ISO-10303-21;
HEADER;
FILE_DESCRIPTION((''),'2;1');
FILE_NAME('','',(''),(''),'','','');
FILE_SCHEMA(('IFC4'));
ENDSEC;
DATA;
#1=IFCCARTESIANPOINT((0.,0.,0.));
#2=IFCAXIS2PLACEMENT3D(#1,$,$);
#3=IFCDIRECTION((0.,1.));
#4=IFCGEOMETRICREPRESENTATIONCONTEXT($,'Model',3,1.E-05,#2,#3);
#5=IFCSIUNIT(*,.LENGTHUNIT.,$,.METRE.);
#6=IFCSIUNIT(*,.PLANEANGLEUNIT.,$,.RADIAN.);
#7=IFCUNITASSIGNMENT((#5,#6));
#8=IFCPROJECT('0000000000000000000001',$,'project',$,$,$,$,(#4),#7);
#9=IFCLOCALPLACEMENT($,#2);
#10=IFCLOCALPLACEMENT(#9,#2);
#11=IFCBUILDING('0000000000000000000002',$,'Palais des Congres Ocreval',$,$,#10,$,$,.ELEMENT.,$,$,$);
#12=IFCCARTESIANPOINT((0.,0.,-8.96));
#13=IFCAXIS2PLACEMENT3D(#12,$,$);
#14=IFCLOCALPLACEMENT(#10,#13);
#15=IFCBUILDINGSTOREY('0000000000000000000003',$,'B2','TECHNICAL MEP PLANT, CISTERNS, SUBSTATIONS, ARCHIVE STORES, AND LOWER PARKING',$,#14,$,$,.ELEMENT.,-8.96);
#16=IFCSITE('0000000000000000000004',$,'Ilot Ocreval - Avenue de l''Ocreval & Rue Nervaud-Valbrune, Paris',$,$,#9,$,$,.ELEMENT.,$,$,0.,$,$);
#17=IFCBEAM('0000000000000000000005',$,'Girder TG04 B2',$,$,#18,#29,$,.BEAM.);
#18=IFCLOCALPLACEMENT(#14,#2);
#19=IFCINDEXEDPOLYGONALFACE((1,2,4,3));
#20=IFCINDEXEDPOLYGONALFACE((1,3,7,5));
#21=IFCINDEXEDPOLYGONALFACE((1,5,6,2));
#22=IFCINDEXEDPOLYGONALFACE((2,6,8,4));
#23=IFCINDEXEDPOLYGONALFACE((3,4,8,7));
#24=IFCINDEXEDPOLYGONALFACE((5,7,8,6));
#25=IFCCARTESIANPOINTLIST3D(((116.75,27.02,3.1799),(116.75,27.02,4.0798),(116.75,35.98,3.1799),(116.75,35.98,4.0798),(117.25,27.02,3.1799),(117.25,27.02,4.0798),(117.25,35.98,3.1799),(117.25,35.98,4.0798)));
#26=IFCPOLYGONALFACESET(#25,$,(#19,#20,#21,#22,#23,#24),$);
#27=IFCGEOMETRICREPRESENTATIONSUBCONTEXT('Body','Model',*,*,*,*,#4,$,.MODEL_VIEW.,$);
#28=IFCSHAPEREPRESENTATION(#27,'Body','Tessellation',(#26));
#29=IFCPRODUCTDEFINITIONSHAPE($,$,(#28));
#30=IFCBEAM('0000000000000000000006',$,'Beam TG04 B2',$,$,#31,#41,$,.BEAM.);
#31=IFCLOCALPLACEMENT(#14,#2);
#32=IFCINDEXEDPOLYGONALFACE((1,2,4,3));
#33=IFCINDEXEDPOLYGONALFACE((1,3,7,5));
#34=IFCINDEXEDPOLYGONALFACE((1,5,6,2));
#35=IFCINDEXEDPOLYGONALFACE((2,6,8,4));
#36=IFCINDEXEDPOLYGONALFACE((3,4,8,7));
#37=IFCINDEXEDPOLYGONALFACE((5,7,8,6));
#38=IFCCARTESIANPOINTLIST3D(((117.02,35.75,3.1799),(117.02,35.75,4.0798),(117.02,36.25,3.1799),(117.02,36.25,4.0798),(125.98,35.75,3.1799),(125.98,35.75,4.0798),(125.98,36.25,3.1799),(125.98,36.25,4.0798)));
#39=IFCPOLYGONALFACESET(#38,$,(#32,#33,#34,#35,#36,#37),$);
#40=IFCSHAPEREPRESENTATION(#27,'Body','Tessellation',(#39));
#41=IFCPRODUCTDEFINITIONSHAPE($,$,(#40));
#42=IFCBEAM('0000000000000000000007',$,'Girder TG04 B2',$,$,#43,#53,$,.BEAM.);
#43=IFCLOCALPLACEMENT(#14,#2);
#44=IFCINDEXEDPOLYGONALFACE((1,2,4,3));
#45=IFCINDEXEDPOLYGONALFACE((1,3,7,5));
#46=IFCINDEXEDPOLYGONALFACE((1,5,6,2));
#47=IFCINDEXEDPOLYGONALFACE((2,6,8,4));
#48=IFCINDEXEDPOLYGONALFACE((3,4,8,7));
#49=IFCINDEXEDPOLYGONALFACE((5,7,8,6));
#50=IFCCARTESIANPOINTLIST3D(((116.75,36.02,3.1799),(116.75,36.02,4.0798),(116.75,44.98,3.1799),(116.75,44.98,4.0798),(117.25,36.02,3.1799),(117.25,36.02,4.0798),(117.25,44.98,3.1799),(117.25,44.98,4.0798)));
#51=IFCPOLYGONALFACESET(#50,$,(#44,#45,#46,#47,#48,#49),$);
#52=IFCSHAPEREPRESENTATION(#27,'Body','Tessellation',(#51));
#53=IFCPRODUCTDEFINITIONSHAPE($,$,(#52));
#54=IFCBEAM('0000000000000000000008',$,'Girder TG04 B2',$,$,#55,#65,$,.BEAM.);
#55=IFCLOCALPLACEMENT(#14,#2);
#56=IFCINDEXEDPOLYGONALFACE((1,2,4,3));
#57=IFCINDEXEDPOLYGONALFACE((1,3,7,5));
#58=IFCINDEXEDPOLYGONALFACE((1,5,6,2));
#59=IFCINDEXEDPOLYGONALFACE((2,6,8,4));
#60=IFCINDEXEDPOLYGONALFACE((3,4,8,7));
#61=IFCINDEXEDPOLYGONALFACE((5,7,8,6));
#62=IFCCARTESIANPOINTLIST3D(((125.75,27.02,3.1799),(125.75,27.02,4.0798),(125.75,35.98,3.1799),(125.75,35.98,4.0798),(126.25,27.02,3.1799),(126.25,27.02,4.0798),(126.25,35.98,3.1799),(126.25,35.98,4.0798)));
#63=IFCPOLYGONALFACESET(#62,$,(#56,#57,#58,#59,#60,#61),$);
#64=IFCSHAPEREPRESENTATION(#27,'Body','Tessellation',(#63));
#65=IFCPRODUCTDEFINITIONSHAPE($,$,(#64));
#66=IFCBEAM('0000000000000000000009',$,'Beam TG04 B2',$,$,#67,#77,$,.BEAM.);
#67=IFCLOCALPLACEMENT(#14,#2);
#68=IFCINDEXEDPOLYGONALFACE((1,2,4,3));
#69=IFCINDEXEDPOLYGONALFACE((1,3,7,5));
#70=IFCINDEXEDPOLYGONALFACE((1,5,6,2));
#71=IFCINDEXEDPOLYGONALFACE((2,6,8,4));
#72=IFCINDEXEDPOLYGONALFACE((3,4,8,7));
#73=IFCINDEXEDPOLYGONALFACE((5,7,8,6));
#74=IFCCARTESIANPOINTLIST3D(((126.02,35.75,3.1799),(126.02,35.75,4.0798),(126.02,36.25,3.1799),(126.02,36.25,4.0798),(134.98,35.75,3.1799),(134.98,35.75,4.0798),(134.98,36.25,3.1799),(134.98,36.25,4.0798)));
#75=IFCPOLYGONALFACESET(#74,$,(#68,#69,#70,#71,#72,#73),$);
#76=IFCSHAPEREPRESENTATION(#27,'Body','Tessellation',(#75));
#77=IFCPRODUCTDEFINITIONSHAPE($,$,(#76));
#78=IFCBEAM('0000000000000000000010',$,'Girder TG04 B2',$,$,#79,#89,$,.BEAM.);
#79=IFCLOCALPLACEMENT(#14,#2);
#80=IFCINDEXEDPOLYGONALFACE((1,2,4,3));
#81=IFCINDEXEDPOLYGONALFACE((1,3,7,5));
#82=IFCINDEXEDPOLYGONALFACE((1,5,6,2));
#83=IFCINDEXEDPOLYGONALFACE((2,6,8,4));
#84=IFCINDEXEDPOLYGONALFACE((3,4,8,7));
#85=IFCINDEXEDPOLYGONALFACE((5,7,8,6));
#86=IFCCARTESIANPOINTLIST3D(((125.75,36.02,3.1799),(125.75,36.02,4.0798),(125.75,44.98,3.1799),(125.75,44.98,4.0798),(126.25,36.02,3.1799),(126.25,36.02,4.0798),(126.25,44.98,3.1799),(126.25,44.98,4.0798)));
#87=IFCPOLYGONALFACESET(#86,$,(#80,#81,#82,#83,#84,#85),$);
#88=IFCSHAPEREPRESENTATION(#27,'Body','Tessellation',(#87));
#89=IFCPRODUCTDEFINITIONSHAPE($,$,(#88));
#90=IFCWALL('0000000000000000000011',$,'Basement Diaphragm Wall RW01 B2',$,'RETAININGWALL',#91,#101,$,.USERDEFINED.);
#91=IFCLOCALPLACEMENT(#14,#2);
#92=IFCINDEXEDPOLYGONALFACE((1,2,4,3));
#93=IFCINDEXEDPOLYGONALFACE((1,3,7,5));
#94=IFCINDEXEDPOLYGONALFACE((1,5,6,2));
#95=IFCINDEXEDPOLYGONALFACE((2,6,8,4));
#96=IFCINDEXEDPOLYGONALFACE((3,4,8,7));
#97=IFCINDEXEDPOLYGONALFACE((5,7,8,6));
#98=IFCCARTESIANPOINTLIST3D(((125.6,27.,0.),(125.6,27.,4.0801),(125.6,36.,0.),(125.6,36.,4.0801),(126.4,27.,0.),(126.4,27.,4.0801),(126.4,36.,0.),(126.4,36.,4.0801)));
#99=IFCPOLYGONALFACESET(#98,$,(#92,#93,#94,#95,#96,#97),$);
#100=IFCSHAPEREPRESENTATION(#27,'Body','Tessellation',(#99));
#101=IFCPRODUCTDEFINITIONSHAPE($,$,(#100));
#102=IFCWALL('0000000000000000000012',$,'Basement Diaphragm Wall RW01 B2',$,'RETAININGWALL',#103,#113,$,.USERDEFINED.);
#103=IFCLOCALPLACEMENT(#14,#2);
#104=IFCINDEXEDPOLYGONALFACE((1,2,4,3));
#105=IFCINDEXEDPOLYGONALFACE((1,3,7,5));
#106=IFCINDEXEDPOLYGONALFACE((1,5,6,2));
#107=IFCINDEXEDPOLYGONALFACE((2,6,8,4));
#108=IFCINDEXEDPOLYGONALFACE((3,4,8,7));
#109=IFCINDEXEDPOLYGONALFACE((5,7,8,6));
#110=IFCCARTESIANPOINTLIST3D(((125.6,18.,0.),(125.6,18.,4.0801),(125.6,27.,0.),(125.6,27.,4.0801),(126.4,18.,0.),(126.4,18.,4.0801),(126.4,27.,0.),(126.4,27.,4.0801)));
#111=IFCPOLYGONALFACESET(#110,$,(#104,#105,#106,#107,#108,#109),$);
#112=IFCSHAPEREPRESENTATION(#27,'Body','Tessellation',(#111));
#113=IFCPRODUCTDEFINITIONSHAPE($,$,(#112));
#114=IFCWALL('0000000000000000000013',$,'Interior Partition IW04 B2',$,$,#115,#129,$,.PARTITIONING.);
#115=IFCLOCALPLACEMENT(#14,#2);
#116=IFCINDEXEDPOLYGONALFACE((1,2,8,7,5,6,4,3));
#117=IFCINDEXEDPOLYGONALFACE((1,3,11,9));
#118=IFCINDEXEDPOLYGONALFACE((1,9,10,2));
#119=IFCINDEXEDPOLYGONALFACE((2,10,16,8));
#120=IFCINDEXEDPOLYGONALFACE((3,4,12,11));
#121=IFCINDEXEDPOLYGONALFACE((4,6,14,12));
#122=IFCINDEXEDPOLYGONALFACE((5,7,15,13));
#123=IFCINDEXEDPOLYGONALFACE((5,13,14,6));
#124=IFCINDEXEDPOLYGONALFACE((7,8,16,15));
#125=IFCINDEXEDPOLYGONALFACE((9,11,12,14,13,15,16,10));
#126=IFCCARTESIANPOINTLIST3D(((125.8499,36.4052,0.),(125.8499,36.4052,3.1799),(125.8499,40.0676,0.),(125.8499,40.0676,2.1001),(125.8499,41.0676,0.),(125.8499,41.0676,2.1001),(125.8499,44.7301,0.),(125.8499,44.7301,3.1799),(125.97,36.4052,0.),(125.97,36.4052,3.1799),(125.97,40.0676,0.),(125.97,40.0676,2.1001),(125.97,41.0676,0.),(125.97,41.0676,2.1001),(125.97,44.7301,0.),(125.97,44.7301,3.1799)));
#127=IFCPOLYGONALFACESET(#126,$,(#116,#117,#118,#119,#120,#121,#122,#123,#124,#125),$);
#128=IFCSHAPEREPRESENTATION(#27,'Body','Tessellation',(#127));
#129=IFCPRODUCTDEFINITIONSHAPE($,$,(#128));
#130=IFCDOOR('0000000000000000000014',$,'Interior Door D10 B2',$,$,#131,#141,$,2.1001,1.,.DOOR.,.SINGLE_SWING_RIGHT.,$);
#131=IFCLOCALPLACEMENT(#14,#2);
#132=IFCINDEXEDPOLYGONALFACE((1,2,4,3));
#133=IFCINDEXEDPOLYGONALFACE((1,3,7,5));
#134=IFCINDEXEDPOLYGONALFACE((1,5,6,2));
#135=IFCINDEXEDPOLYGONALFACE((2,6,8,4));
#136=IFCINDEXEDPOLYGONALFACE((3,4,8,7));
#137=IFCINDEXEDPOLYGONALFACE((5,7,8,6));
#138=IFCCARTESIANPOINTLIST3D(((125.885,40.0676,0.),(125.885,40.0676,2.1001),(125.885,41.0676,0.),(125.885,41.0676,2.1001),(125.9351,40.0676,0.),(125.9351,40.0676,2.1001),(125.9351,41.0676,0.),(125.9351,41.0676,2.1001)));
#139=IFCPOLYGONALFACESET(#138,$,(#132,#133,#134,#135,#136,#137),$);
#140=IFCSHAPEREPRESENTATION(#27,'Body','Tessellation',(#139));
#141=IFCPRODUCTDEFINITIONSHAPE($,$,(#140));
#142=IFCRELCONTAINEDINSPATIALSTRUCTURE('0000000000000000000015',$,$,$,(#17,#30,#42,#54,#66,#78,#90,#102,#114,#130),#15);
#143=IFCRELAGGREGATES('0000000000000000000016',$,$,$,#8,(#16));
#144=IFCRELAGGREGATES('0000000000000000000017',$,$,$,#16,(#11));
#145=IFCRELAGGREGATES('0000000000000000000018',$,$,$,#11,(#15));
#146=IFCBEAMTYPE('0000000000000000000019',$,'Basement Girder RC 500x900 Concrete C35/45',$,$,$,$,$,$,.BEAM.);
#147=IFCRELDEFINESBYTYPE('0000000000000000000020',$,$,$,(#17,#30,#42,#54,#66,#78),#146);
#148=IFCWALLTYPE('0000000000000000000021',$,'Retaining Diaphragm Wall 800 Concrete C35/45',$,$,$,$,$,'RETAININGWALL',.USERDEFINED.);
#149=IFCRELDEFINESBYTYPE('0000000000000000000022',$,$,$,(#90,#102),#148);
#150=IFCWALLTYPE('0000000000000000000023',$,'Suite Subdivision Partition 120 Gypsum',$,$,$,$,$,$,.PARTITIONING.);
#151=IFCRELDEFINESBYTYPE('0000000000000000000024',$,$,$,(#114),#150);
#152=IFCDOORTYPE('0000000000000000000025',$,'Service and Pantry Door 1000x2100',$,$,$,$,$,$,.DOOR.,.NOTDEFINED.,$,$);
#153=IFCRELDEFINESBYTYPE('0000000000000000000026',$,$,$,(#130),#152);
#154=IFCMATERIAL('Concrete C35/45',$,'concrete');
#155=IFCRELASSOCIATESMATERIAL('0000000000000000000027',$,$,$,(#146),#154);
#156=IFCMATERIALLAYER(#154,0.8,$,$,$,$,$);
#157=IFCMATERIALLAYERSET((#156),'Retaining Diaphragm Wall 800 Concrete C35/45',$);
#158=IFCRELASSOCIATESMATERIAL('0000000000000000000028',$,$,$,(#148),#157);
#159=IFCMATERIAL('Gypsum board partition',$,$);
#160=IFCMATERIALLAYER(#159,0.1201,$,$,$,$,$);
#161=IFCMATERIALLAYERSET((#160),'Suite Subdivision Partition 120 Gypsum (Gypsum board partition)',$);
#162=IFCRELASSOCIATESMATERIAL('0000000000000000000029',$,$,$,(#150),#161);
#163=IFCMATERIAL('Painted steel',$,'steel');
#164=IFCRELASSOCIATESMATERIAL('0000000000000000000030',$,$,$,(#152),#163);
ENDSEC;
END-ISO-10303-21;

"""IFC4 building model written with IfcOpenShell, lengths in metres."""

from ifc_helpers import new_model, si_unit, direction, frame, frame_2d, origin, origin_2d, place, context, subcontext, project, spatial, rectangle, extrude, material, layer, layer_set, material_profile, profile_set, type_object, element, fill, save


model = new_model("IFC4")

# Units and contexts
model_context = context("Model", 3, precision=1e-05, world=origin(), true_north=direction((0.0, 1.0)))
body_context = subcontext(model_context, "Body", "Model", "MODEL_VIEW")
ifc_project = project(units=[si_unit("LENGTHUNIT", "METRE"), si_unit("PLANEANGLEUNIT", "RADIAN")], contexts=[model_context])

# Site, building, storey
site_placement = place(None, origin())
site = spatial("IfcSite", under=ifc_project, at=site_placement, Name="Ilot Ocreval - Avenue de l'Ocreval & Rue Nervaud-Valbrune, Paris", CompositionType="ELEMENT", RefElevation=0.0)
building_placement = place(site_placement, origin())
building = spatial("IfcBuilding", under=site, at=building_placement, Name="Palais des Congres Ocreval", CompositionType="ELEMENT")
storey_placement = place(building_placement, frame((0.0, 0.0, -8.96)))
storey = spatial("IfcBuildingStorey", under=building, at=storey_placement, Name="B2", Description="TECHNICAL MEP PLANT, CISTERNS, SUBSTATIONS, ARCHIVE STORES, AND LOWER PARKING", CompositionType="ELEMENT", Elevation=-8.96)

# Shared definitions
ifc_material_1 = material(Name="Concrete C35/45", Category="concrete")

# Beams
ifc_material_profile_1 = material_profile(ifc_material_1, rectangle(XDim=0.5, YDim=0.8999, at=origin_2d()), Name="RC 500x900")
ifc_profile_set_1 = profile_set([ifc_material_profile_1], Name="Concrete C35/45")
beam_type = type_object("IfcBeamType", Name="Basement Girder RC 500x900 Concrete C35/45", PredefinedType="BEAM", material=ifc_profile_set_1)
for number, where, z_axis, x_axis, name in (
    (1, (117.0, 27.02, 3.6299), (0.0, 1.0, 0.0), (-1.0, 0.0, 0.0), "Girder TG04 B2"),
    (2, (117.02, 36.0, 3.6299), (1.0, 0.0, 0.0), (0.0, 1.0, 0.0), "Beam TG04 B2"),
    (3, (117.0, 36.02, 3.6299), (0.0, 1.0, 0.0), (-1.0, 0.0, 0.0), "Girder TG04 B2"),
    (4, (126.0, 27.02, 3.6299), (0.0, 1.0, 0.0), (-1.0, 0.0, 0.0), "Girder TG04 B2"),
    (5, (126.02, 36.0, 3.6299), (1.0, 0.0, 0.0), (0.0, 1.0, 0.0), "Beam TG04 B2"),
    (6, (126.0, 36.02, 3.6299), (0.0, 1.0, 0.0), (-1.0, 0.0, 0.0), "Girder TG04 B2"),
):
    element("IfcBeam", number, at=place(storey_placement, frame(where, z_axis=z_axis, x_axis=x_axis)), inside=storey, type_object=beam_type, Name=name, PredefinedType="BEAM", context=body_context, shape_type="SweptSolid", body=[
        extrude(rectangle(XDim=0.5, YDim=0.8999, at=origin_2d()), origin(), (0.0, 0.0, 1.0), 8.96),
    ])

# Walls
ifc_layer_1 = layer(ifc_material_1, 0.8)
ifc_layer_set_1 = layer_set([ifc_layer_1], Name="Retaining Diaphragm Wall 800 Concrete C35/45")
wall_type_1 = type_object("IfcWallType", Name="Retaining Diaphragm Wall 800 Concrete C35/45", ElementType="RETAININGWALL", PredefinedType="USERDEFINED", material=ifc_layer_set_1)
for number, where, z_axis, x_axis, name in (
    (7, (126.0, 36.0, 0.0), (0.0, 0.0, 1.0), (0.0, -1.0, 0.0), "Basement Diaphragm Wall RW01 B2"),
    (8, (126.0, 27.0, 0.0), (0.0, 0.0, 1.0), (0.0, -1.0, 0.0), "Basement Diaphragm Wall RW01 B2"),
):
    element("IfcWall", number, at=place(storey_placement, frame(where, z_axis=z_axis, x_axis=x_axis)), inside=storey, type_object=wall_type_1, Name=name, ObjectType="RETAININGWALL", PredefinedType="USERDEFINED", context=body_context, shape_type="SweptSolid", body=[
        extrude(rectangle(XDim=9.0, YDim=0.8, at=frame_2d((4.5, 0.0))), origin(), (0.0, 0.0, 1.0), 4.0801),
    ])

# Wall, opening, door
ifc_material_2 = material(Name="Gypsum board partition")
ifc_layer_2 = layer(ifc_material_2, 0.1201)
ifc_layer_set_2 = layer_set([ifc_layer_2], Name="Suite Subdivision Partition 120 Gypsum (Gypsum board partition)")
wall_type_2 = type_object("IfcWallType", Name="Suite Subdivision Partition 120 Gypsum", PredefinedType="PARTITIONING", material=ifc_layer_set_2)
wall_placement = place(storey_placement, frame((125.9099, 36.405, 0.0), z_axis=(0.0, 0.0, 1.0), x_axis=(0.0, 1.0, 0.0)))
wall = element("IfcWall", 9, at=wall_placement, inside=storey, type_object=wall_type_2, Name="Interior Partition IW04 B2", PredefinedType="PARTITIONING", context=body_context, shape_type="SweptSolid", body=[
    extrude(rectangle(XDim=8.325, YDim=0.1201, at=frame_2d((4.1626, 0.0))), origin(), (0.0, 0.0, 1.0), 3.1799),
])
opening_placement = place(wall_placement, frame((3.6626, 0.0, 0.0)))
opening = element("IfcOpeningElement", 10, at=opening_placement, cuts=wall, PredefinedType="OPENING", context=body_context, shape_type="SweptSolid", body=[
    extrude(rectangle(XDim=1.0, YDim=2.1001, at=frame_2d((0.5, 1.05))), frame((0.0, 0.0701, 0.0), z_axis=(0.0, -1.0, 0.0), x_axis=(1.0, 0.0, 0.0)), (0.0, 0.0, 1.0), 0.1401),
])
ifc_material_3 = material(Name="Painted steel", Category="steel")
door_type = type_object("IfcDoorType", Name="Service and Pantry Door 1000x2100", OperationType="NOTDEFINED", PredefinedType="DOOR", material=ifc_material_3)
door_placement = place(opening_placement, origin())
door = element("IfcDoor", 11, at=door_placement, inside=storey, type_object=door_type, Name="Interior Door D10 B2", OperationType="SINGLE_SWING_RIGHT", OverallHeight=2.1001, OverallWidth=1.0, PredefinedType="DOOR", context=body_context, shape_type="SweptSolid", body=[
    extrude(rectangle(XDim=1.0, YDim=2.1001, at=frame_2d((0.5, 1.05))), frame((0.0, 0.0249, 0.0), z_axis=(0.0, -1.0, 0.0), x_axis=(1.0, 0.0, 0.0)), (0.0, 0.0, 1.0), 0.05),
])
fill(opening, door)

save(model, "model.ifc")
